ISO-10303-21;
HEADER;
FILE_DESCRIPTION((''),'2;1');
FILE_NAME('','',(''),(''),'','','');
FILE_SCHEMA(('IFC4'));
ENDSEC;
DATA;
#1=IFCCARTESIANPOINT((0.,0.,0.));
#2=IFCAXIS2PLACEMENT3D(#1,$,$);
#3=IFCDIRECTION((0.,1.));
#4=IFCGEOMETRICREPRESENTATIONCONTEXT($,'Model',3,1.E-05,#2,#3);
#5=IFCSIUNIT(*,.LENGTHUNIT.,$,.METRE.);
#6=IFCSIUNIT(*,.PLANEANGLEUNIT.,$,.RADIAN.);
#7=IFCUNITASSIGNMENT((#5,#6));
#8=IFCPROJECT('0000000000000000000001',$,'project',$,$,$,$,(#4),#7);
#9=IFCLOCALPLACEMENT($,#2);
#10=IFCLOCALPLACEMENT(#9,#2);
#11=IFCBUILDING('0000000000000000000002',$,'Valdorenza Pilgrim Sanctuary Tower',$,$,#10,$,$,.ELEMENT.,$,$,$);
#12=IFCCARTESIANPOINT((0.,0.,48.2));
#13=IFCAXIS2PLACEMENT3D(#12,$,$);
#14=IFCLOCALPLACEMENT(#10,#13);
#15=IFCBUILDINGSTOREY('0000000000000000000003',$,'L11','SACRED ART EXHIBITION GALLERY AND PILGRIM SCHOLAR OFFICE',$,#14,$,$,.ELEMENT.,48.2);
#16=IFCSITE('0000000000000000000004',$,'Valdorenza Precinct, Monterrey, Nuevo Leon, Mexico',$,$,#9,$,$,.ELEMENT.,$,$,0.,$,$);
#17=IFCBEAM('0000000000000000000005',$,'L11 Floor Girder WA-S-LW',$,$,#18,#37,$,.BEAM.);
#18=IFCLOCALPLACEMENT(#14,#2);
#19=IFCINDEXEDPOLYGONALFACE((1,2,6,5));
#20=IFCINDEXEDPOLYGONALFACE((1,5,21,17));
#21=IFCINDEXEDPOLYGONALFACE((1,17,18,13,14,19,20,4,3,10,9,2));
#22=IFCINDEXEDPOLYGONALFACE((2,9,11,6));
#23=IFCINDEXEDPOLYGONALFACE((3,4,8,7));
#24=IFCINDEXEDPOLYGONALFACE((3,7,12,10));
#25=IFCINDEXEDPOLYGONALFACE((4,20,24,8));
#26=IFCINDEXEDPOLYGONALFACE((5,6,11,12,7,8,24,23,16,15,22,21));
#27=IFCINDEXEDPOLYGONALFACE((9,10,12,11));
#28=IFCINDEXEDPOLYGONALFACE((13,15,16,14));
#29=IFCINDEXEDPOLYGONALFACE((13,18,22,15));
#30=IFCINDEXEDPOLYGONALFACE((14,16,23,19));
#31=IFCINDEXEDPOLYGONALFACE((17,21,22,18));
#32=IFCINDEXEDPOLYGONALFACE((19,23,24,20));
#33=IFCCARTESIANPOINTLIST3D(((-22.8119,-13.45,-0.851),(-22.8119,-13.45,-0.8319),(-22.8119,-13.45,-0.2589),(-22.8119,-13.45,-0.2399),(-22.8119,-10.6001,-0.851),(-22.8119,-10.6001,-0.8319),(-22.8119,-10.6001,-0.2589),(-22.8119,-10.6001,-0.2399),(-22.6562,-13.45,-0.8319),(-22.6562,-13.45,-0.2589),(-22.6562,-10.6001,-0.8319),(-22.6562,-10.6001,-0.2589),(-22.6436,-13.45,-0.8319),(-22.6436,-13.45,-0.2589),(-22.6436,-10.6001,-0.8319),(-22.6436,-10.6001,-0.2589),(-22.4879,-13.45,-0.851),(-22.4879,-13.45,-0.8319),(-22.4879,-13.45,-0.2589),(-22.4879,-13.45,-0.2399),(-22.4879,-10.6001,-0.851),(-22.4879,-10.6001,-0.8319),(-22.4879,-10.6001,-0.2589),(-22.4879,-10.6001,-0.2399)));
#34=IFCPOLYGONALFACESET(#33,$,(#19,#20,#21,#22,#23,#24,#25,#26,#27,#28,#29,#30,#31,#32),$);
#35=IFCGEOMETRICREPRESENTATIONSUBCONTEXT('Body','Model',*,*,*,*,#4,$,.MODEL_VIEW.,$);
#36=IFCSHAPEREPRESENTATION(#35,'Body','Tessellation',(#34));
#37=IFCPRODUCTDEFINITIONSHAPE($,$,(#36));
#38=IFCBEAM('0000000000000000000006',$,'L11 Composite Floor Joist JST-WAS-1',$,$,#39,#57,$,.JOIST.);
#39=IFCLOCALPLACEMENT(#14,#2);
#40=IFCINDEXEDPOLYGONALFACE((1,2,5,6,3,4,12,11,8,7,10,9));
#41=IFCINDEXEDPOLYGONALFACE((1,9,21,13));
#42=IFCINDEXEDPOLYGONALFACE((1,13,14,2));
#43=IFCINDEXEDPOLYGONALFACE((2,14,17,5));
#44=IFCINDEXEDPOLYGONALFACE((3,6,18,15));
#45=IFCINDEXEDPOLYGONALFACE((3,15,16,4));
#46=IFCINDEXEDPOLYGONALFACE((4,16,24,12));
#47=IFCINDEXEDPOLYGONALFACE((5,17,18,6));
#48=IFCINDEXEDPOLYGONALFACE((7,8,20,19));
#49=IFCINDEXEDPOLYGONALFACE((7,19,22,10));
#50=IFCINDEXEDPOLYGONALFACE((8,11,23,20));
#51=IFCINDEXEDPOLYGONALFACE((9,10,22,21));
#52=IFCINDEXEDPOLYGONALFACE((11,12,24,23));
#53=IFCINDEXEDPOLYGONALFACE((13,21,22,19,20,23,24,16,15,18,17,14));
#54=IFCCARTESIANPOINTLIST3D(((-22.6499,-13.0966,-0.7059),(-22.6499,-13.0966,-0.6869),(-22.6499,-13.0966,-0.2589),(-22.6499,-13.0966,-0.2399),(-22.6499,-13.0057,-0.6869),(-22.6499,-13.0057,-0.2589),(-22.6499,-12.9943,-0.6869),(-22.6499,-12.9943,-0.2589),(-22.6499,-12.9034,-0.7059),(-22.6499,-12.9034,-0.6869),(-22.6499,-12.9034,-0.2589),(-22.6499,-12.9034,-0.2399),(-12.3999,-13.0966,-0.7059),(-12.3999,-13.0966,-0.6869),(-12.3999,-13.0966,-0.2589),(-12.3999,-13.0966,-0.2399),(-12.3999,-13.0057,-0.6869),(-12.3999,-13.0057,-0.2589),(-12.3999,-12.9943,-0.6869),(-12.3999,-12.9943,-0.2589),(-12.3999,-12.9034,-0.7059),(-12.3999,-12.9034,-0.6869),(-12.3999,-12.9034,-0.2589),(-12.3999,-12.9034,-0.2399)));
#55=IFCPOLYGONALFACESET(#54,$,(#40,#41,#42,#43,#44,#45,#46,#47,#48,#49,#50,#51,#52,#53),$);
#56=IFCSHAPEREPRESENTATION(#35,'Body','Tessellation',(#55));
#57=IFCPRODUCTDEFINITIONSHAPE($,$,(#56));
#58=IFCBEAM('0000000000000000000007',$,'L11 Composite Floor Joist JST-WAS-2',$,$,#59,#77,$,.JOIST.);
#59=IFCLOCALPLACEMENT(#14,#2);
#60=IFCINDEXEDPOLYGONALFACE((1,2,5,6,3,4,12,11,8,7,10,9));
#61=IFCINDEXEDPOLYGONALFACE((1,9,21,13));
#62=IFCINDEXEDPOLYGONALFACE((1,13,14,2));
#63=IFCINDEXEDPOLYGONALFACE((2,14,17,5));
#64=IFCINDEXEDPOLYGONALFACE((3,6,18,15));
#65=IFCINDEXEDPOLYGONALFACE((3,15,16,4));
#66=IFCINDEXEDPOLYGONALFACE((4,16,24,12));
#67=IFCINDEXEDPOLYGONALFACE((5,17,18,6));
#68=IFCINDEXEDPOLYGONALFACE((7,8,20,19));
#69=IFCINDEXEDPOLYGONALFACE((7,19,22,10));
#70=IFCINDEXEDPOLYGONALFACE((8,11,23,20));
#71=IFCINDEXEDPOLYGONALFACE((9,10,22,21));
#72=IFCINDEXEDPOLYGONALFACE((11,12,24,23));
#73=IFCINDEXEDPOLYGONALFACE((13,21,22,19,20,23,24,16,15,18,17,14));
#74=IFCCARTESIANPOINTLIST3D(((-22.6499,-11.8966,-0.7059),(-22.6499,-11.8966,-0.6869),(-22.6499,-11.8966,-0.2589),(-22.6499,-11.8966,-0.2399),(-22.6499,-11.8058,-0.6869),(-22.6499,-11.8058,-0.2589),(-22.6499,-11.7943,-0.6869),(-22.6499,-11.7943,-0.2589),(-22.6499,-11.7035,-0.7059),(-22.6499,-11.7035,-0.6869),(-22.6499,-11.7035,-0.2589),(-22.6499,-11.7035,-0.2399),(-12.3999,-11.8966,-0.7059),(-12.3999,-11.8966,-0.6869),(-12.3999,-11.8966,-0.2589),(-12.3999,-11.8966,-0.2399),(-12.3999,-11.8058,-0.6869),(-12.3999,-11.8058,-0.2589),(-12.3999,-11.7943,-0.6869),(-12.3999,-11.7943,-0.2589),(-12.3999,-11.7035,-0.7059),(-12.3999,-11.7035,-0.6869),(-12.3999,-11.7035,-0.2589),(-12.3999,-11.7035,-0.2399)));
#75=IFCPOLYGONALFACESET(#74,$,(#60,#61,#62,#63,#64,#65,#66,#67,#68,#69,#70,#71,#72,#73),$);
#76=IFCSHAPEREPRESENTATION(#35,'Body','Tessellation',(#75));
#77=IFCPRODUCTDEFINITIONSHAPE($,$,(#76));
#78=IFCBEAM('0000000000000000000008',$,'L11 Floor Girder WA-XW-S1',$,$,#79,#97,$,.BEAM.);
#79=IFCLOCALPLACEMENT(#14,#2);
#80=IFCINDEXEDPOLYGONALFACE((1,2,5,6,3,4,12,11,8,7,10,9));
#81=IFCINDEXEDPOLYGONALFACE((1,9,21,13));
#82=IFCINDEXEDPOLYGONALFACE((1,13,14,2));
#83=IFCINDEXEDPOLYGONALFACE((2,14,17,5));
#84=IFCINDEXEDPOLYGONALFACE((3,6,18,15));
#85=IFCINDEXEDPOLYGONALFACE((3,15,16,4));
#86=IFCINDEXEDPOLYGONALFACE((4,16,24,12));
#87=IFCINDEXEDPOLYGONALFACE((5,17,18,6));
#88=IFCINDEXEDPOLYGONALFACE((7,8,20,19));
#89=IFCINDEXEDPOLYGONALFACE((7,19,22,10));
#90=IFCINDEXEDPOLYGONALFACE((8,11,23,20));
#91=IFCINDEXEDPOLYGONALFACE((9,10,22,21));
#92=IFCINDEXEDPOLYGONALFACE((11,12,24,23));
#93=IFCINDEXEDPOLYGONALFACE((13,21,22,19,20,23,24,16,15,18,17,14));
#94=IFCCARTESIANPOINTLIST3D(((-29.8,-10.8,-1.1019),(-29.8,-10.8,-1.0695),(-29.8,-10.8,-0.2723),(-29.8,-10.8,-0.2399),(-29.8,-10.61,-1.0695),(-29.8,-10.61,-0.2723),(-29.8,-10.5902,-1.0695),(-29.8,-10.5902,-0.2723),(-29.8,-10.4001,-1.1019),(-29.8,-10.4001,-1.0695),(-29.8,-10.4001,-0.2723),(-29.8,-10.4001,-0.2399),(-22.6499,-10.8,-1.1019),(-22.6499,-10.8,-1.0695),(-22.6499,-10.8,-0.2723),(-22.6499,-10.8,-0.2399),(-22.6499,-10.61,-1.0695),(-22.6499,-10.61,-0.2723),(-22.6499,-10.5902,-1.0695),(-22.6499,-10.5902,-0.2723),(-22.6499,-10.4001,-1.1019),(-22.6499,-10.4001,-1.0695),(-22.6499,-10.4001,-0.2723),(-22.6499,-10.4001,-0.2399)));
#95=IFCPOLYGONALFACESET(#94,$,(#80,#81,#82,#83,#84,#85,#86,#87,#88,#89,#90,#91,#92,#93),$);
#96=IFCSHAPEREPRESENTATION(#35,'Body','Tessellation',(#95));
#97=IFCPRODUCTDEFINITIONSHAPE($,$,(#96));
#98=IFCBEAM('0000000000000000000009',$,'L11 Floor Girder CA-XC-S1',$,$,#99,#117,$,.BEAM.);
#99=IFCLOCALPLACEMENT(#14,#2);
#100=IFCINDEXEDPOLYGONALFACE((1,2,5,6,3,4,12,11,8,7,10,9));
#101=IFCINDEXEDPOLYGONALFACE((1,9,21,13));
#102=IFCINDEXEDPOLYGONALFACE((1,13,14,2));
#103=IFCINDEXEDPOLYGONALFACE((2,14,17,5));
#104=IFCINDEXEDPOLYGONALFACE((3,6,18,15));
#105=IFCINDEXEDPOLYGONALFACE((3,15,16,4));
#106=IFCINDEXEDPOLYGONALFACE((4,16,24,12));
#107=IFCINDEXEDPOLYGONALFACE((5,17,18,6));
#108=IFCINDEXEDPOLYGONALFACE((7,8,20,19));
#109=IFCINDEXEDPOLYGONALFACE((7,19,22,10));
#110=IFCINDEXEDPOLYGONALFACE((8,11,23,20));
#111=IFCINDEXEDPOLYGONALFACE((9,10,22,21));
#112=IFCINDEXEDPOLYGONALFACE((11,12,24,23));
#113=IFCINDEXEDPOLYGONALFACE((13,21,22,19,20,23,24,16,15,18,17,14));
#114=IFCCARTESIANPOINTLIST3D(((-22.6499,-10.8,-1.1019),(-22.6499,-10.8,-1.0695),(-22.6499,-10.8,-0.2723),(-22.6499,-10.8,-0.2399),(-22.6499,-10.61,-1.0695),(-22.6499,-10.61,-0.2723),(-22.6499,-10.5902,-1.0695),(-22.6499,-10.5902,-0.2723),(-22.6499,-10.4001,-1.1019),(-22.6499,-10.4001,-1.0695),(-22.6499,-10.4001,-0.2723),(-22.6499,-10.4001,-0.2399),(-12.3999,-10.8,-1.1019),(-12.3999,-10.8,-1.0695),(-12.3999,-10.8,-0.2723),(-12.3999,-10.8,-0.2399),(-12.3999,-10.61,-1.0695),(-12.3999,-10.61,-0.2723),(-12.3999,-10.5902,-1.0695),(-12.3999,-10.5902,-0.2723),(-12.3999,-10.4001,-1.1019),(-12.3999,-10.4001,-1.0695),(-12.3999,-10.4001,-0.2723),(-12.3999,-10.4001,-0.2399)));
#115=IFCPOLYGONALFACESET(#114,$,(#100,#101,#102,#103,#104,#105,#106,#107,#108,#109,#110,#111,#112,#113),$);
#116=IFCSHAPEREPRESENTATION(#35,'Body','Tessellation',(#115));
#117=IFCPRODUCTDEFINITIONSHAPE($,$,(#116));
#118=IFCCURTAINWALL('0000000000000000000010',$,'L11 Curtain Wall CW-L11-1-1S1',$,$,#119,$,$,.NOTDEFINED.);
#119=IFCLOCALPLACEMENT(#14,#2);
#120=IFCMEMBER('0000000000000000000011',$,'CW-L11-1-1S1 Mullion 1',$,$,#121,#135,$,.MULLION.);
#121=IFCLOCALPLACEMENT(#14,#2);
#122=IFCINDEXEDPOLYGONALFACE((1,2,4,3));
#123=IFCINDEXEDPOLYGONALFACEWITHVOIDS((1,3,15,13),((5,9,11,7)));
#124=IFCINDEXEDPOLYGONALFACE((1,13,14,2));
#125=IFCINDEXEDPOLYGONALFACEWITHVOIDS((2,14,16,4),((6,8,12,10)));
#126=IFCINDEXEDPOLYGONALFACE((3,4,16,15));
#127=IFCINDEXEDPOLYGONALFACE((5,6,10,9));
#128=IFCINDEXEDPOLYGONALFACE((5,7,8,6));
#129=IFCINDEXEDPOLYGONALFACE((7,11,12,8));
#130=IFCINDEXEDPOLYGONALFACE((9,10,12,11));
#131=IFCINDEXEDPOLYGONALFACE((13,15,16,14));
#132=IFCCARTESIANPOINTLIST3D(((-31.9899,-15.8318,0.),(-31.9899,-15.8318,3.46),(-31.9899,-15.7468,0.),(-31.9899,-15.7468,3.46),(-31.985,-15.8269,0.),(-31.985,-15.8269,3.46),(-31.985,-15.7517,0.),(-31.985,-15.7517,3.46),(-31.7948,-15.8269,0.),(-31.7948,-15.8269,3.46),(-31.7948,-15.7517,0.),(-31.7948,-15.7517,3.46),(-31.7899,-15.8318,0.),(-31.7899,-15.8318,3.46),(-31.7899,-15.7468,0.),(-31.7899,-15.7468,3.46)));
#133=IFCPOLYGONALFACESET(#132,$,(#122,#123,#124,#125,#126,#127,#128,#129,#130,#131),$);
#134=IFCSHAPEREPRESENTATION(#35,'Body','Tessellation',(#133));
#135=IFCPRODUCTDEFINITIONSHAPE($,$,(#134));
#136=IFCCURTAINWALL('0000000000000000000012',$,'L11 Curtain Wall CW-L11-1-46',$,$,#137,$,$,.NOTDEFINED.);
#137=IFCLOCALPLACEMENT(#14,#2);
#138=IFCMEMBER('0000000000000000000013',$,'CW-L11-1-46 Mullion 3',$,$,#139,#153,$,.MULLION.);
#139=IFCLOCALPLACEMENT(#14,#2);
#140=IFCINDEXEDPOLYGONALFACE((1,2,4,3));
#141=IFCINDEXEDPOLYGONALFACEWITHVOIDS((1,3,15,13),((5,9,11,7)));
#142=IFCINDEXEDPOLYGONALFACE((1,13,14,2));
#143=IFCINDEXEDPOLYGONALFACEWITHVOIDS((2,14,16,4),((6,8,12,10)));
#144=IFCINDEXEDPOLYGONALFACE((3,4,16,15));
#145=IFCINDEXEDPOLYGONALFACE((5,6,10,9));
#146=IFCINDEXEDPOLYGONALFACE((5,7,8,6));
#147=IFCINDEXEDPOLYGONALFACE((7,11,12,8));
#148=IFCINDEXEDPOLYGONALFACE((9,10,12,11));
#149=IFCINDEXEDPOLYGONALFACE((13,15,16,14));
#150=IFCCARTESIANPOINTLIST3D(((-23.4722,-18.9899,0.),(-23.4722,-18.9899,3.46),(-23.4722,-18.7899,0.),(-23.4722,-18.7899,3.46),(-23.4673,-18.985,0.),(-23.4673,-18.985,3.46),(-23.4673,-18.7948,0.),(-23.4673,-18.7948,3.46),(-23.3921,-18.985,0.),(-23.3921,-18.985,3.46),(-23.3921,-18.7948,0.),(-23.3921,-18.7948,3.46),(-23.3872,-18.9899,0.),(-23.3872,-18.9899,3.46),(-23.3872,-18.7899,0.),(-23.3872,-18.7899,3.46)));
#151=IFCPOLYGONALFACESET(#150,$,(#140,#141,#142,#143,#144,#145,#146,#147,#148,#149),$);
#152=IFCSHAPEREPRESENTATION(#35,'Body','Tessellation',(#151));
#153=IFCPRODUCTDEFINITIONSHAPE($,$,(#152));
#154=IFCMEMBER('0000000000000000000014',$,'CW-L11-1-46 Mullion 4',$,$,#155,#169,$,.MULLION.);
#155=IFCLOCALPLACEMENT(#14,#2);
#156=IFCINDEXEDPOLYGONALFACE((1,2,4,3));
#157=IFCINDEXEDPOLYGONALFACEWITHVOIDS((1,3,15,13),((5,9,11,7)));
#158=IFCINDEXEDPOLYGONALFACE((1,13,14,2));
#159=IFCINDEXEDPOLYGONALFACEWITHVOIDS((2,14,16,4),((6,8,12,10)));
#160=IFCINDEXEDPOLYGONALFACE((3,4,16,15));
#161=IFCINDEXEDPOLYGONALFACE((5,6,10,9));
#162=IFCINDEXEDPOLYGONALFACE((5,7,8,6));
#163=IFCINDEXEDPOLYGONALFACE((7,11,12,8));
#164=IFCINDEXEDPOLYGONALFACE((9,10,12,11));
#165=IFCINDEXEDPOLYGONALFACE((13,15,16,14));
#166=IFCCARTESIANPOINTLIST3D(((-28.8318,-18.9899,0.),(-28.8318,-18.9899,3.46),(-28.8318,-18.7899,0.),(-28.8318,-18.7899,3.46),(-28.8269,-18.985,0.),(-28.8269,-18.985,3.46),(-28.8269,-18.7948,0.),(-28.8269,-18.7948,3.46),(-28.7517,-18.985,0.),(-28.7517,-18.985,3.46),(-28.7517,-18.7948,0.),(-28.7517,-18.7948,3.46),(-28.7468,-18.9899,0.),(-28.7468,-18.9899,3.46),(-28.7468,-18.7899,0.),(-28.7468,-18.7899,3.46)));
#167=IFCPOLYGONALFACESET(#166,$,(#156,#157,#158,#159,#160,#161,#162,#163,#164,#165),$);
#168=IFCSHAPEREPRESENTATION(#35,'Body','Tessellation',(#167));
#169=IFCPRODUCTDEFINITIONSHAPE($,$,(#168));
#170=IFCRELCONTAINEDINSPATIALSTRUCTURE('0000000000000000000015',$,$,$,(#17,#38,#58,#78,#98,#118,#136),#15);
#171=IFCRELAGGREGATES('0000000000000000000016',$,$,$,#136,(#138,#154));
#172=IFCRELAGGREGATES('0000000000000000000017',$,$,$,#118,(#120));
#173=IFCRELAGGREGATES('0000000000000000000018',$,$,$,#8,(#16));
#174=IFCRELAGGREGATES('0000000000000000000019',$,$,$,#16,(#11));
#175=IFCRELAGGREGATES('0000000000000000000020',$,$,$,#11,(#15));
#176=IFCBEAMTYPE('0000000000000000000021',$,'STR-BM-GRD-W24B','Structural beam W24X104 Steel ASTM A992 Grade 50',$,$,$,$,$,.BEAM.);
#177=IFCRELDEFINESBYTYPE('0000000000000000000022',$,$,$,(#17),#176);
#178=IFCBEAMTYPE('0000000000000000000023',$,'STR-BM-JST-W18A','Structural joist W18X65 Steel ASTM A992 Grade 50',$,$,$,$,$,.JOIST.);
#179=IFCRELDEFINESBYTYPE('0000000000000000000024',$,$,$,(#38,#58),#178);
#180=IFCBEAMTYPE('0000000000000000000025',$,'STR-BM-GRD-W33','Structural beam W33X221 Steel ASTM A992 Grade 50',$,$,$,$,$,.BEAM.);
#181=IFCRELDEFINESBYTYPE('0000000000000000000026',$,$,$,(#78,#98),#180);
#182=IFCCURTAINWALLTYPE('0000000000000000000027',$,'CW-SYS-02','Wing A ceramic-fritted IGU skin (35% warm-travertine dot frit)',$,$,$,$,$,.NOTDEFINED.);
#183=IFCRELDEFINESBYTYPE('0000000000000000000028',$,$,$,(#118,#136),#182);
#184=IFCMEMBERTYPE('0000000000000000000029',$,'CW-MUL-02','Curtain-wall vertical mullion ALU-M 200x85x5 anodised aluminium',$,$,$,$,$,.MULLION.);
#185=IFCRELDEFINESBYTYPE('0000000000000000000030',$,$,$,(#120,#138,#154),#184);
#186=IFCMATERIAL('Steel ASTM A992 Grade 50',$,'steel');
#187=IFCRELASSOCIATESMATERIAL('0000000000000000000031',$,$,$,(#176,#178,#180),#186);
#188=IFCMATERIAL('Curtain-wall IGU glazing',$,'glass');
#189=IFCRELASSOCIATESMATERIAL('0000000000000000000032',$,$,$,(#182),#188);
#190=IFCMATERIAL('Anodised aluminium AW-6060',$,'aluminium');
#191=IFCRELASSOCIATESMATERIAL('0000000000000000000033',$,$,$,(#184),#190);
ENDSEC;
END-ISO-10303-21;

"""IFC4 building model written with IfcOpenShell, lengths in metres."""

from ifc_helpers import new_model, si_unit, direction, frame, origin, origin_2d, place, context, subcontext, project, spatial, hollow_rectangle, i_section, extrude, source, transform, mapped, material, material_profile, profile_set, type_object, element, aggregate, save


model = new_model("IFC4")

# Units and contexts
model_context = context("Model", 3, precision=1e-05, world=origin(), true_north=direction((0.0, 1.0)))
body_context = subcontext(model_context, "Body", "Model", "MODEL_VIEW")
ifc_project = project(units=[si_unit("LENGTHUNIT", "METRE"), si_unit("PLANEANGLEUNIT", "RADIAN")], contexts=[model_context])

# Site, building, storey
site_placement = place(None, origin())
site = spatial("IfcSite", under=ifc_project, at=site_placement, Name="Valdorenza Precinct, Monterrey, Nuevo Leon, Mexico", CompositionType="ELEMENT", RefElevation=0.0)
building_placement = place(site_placement, origin())
building = spatial("IfcBuilding", under=site, at=building_placement, Name="Valdorenza Pilgrim Sanctuary Tower", CompositionType="ELEMENT")
storey_placement = place(building_placement, frame((0.0, 0.0, 48.2)))
storey = spatial("IfcBuildingStorey", under=building, at=storey_placement, Name="L11", Description="SACRED ART EXHIBITION GALLERY AND PILGRIM SCHOLAR OFFICE", CompositionType="ELEMENT", Elevation=48.2)

# Shared definitions
ifc_material_1 = material(Name="Steel ASTM A992 Grade 50", Category="steel")

# Beams
ifc_material_profile_1 = material_profile(ifc_material_1, i_section(OverallWidth=0.324, OverallDepth=0.6111, WebThickness=0.0127, FlangeThickness=0.019, at=origin_2d()), Name="W24X104")
ifc_profile_set_1 = profile_set([ifc_material_profile_1], Name="Steel ASTM A992 Grade 50")
beam_type_1 = type_object("IfcBeamType", Name="STR-BM-GRD-W24B", Description="Structural beam W24X104 Steel ASTM A992 Grade 50", PredefinedType="BEAM", material=ifc_profile_set_1)
shared_shape_1 = source(origin(), body_context, "Body", "SweptSolid", [
    extrude(i_section(OverallWidth=0.324, OverallDepth=0.6111, WebThickness=0.0127, FlangeThickness=0.019, at=origin_2d()), origin(), (0.0, 0.0, 1.0), 2.8499),
])
beam_1_placement = place(storey_placement, frame((-22.6499, -13.45, -0.5454), z_axis=(0.0, 1.0, 0.0), x_axis=(-1.0, 0.0, 0.0)))
element("IfcBeam", 1, at=beam_1_placement, inside=storey, type_object=beam_type_1, Name="L11 Floor Girder WA-S-LW", PredefinedType="BEAM", context=body_context, shape_type="MappedRepresentation", body=[
    mapped(shared_shape_1, transform((0.0, 0.0, 0.0), x_axis=(1.0, 0.0, 0.0), y_axis=(0.0, 1.0, 0.0), z_axis=(0.0, 0.0, 1.0), scale=1.0)),
])
ifc_material_profile_2 = material_profile(ifc_material_1, i_section(OverallWidth=0.1931, OverallDepth=0.4661, WebThickness=0.0115, FlangeThickness=0.019, at=origin_2d()), Name="W18X65")
ifc_profile_set_2 = profile_set([ifc_material_profile_2], Name="Steel ASTM A992 Grade 50")
beam_type_2 = type_object("IfcBeamType", Name="STR-BM-JST-W18A", Description="Structural joist W18X65 Steel ASTM A992 Grade 50", PredefinedType="JOIST", material=ifc_profile_set_2)
shared_shape_2 = source(origin(), body_context, "Body", "SweptSolid", [
    extrude(i_section(OverallWidth=0.1931, OverallDepth=0.4661, WebThickness=0.0115, FlangeThickness=0.019, at=origin_2d()), origin(), (0.0, 0.0, 1.0), 10.25),
])
for number, where, z_axis, x_axis, name in (
    (2, (-22.6499, -13.0, -0.4729), (1.0, 0.0, 0.0), (0.0, 1.0, 0.0), "L11 Composite Floor Joist JST-WAS-1"),
    (3, (-22.6499, -11.8, -0.4729), (1.0, 0.0, 0.0), (0.0, 1.0, 0.0), "L11 Composite Floor Joist JST-WAS-2"),
):
    element("IfcBeam", number, at=place(storey_placement, frame(where, z_axis=z_axis, x_axis=x_axis)), inside=storey, type_object=beam_type_2, Name=name, PredefinedType="JOIST", context=body_context, shape_type="MappedRepresentation", body=[
        mapped(shared_shape_2, transform((0.0, 0.0, 0.0), x_axis=(1.0, 0.0, 0.0), y_axis=(0.0, 1.0, 0.0), z_axis=(0.0, 0.0, 1.0), scale=1.0)),
    ])
ifc_material_profile_3 = material_profile(ifc_material_1, i_section(OverallWidth=0.3999, OverallDepth=0.8621, WebThickness=0.0198, FlangeThickness=0.0325, at=origin_2d()), Name="W33X221")
ifc_profile_set_3 = profile_set([ifc_material_profile_3], Name="Steel ASTM A992 Grade 50")
beam_type_3 = type_object("IfcBeamType", Name="STR-BM-GRD-W33", Description="Structural beam W33X221 Steel ASTM A992 Grade 50", PredefinedType="BEAM", material=ifc_profile_set_3)
shared_shape_3 = source(origin(), body_context, "Body", "SweptSolid", [
    extrude(i_section(OverallWidth=0.3999, OverallDepth=0.8621, WebThickness=0.0198, FlangeThickness=0.0325, at=origin_2d()), origin(), (0.0, 0.0, 1.0), 7.1501),
])
beam_2_placement = place(storey_placement, frame((-29.8, -10.6001, -0.6709), z_axis=(1.0, 0.0, 0.0), x_axis=(0.0, 1.0, 0.0)))
element("IfcBeam", 4, at=beam_2_placement, inside=storey, type_object=beam_type_3, Name="L11 Floor Girder WA-XW-S1", PredefinedType="BEAM", context=body_context, shape_type="MappedRepresentation", body=[
    mapped(shared_shape_3, transform((0.0, 0.0, 0.0), x_axis=(1.0, 0.0, 0.0), y_axis=(0.0, 1.0, 0.0), z_axis=(0.0, 0.0, 1.0), scale=1.0)),
])
shared_shape_4 = source(origin(), body_context, "Body", "SweptSolid", [
    extrude(i_section(OverallWidth=0.3999, OverallDepth=0.8621, WebThickness=0.0198, FlangeThickness=0.0325, at=origin_2d()), origin(), (0.0, 0.0, 1.0), 10.25),
])
beam_3_placement = place(storey_placement, frame((-22.6499, -10.6001, -0.6709), z_axis=(1.0, 0.0, 0.0), x_axis=(0.0, 1.0, 0.0)))
element("IfcBeam", 5, at=beam_3_placement, inside=storey, type_object=beam_type_3, Name="L11 Floor Girder CA-XC-S1", PredefinedType="BEAM", context=body_context, shape_type="MappedRepresentation", body=[
    mapped(shared_shape_4, transform((0.0, 0.0, 0.0), x_axis=(1.0, 0.0, 0.0), y_axis=(0.0, 1.0, 0.0), z_axis=(0.0, 0.0, 1.0), scale=1.0)),
])

# Curtain wall, member
ifc_material_2 = material(Name="Curtain-wall IGU glazing", Category="glass")
curtain_wall_type = type_object("IfcCurtainWallType", Name="CW-SYS-02", Description="Wing A ceramic-fritted IGU skin (35% warm-travertine dot frit)", PredefinedType="NOTDEFINED", material=ifc_material_2)
curtain_wall_1_placement = place(storey_placement, origin())
curtain_wall_1 = element("IfcCurtainWall", 6, at=curtain_wall_1_placement, inside=storey, type_object=curtain_wall_type, Name="L11 Curtain Wall CW-L11-1-1S1", PredefinedType="NOTDEFINED")
ifc_material_3 = material(Name="Anodised aluminium AW-6060", Category="aluminium")
ifc_material_profile_4 = material_profile(ifc_material_3, hollow_rectangle(XDim=0.085, YDim=0.2, WallThickness=0.0049, at=origin_2d()), Name="ALU-M 200x85x5")
ifc_profile_set_4 = profile_set([ifc_material_profile_4], Name="Anodised aluminium AW-6060")
member_type_1 = type_object("IfcMemberType", Name="CW-MUL-02", Description="Curtain-wall vertical mullion ALU-M 200x85x5 anodised aluminium", PredefinedType="MULLION", material=ifc_profile_set_4)
shared_shape_5 = source(origin(), body_context, "Body", "SweptSolid", [
    extrude(hollow_rectangle(XDim=0.085, YDim=0.2, WallThickness=0.0049, at=origin_2d()), origin(), (0.0, 0.0, 1.0), 3.46),
])
member_1_placement = place(storey_placement, frame((-31.8899, -15.7893, 0.0), z_axis=(0.0, 0.0, 1.0), x_axis=(0.0, 1.0, 0.0)))
member_1 = element("IfcMember", 7, at=member_1_placement, type_object=member_type_1, Name="CW-L11-1-1S1 Mullion 1", PredefinedType="MULLION", context=body_context, shape_type="MappedRepresentation", body=[
    mapped(shared_shape_5, transform((0.0, 0.0, 0.0), x_axis=(1.0, 0.0, 0.0), y_axis=(0.0, 1.0, 0.0), z_axis=(0.0, 0.0, 1.0), scale=1.0)),
])

# Curtain wall, members
curtain_wall_2_placement = place(storey_placement, origin())
curtain_wall_2 = element("IfcCurtainWall", 8, at=curtain_wall_2_placement, inside=storey, type_object=curtain_wall_type, Name="L11 Curtain Wall CW-L11-1-46", PredefinedType="NOTDEFINED")
member_2_placement = place(storey_placement, frame((-23.4297, -18.8899, 0.0), z_axis=(0.0, 0.0, 1.0), x_axis=(-1.0, 0.0, 0.0)))
member_2 = element("IfcMember", 9, at=member_2_placement, type_object=member_type_1, Name="CW-L11-1-46 Mullion 3", PredefinedType="MULLION", context=body_context, shape_type="MappedRepresentation", body=[
    mapped(shared_shape_5, transform((0.0, 0.0, 0.0), x_axis=(1.0, 0.0, 0.0), y_axis=(0.0, 1.0, 0.0), z_axis=(0.0, 0.0, 1.0), scale=1.0)),
])
member_3_placement = place(storey_placement, frame((-28.7893, -18.8899, 0.0), z_axis=(0.0, 0.0, 1.0), x_axis=(-1.0, 0.0, 0.0)))
member_3 = element("IfcMember", 10, at=member_3_placement, type_object=member_type_1, Name="CW-L11-1-46 Mullion 4", PredefinedType="MULLION", context=body_context, shape_type="MappedRepresentation", body=[
    mapped(shared_shape_5, transform((0.0, 0.0, 0.0), x_axis=(1.0, 0.0, 0.0), y_axis=(0.0, 1.0, 0.0), z_axis=(0.0, 0.0, 1.0), scale=1.0)),
])

aggregate(curtain_wall_2, [member_2, member_3])
aggregate(curtain_wall_1, [member_1])

save(model, "model.ifc")
